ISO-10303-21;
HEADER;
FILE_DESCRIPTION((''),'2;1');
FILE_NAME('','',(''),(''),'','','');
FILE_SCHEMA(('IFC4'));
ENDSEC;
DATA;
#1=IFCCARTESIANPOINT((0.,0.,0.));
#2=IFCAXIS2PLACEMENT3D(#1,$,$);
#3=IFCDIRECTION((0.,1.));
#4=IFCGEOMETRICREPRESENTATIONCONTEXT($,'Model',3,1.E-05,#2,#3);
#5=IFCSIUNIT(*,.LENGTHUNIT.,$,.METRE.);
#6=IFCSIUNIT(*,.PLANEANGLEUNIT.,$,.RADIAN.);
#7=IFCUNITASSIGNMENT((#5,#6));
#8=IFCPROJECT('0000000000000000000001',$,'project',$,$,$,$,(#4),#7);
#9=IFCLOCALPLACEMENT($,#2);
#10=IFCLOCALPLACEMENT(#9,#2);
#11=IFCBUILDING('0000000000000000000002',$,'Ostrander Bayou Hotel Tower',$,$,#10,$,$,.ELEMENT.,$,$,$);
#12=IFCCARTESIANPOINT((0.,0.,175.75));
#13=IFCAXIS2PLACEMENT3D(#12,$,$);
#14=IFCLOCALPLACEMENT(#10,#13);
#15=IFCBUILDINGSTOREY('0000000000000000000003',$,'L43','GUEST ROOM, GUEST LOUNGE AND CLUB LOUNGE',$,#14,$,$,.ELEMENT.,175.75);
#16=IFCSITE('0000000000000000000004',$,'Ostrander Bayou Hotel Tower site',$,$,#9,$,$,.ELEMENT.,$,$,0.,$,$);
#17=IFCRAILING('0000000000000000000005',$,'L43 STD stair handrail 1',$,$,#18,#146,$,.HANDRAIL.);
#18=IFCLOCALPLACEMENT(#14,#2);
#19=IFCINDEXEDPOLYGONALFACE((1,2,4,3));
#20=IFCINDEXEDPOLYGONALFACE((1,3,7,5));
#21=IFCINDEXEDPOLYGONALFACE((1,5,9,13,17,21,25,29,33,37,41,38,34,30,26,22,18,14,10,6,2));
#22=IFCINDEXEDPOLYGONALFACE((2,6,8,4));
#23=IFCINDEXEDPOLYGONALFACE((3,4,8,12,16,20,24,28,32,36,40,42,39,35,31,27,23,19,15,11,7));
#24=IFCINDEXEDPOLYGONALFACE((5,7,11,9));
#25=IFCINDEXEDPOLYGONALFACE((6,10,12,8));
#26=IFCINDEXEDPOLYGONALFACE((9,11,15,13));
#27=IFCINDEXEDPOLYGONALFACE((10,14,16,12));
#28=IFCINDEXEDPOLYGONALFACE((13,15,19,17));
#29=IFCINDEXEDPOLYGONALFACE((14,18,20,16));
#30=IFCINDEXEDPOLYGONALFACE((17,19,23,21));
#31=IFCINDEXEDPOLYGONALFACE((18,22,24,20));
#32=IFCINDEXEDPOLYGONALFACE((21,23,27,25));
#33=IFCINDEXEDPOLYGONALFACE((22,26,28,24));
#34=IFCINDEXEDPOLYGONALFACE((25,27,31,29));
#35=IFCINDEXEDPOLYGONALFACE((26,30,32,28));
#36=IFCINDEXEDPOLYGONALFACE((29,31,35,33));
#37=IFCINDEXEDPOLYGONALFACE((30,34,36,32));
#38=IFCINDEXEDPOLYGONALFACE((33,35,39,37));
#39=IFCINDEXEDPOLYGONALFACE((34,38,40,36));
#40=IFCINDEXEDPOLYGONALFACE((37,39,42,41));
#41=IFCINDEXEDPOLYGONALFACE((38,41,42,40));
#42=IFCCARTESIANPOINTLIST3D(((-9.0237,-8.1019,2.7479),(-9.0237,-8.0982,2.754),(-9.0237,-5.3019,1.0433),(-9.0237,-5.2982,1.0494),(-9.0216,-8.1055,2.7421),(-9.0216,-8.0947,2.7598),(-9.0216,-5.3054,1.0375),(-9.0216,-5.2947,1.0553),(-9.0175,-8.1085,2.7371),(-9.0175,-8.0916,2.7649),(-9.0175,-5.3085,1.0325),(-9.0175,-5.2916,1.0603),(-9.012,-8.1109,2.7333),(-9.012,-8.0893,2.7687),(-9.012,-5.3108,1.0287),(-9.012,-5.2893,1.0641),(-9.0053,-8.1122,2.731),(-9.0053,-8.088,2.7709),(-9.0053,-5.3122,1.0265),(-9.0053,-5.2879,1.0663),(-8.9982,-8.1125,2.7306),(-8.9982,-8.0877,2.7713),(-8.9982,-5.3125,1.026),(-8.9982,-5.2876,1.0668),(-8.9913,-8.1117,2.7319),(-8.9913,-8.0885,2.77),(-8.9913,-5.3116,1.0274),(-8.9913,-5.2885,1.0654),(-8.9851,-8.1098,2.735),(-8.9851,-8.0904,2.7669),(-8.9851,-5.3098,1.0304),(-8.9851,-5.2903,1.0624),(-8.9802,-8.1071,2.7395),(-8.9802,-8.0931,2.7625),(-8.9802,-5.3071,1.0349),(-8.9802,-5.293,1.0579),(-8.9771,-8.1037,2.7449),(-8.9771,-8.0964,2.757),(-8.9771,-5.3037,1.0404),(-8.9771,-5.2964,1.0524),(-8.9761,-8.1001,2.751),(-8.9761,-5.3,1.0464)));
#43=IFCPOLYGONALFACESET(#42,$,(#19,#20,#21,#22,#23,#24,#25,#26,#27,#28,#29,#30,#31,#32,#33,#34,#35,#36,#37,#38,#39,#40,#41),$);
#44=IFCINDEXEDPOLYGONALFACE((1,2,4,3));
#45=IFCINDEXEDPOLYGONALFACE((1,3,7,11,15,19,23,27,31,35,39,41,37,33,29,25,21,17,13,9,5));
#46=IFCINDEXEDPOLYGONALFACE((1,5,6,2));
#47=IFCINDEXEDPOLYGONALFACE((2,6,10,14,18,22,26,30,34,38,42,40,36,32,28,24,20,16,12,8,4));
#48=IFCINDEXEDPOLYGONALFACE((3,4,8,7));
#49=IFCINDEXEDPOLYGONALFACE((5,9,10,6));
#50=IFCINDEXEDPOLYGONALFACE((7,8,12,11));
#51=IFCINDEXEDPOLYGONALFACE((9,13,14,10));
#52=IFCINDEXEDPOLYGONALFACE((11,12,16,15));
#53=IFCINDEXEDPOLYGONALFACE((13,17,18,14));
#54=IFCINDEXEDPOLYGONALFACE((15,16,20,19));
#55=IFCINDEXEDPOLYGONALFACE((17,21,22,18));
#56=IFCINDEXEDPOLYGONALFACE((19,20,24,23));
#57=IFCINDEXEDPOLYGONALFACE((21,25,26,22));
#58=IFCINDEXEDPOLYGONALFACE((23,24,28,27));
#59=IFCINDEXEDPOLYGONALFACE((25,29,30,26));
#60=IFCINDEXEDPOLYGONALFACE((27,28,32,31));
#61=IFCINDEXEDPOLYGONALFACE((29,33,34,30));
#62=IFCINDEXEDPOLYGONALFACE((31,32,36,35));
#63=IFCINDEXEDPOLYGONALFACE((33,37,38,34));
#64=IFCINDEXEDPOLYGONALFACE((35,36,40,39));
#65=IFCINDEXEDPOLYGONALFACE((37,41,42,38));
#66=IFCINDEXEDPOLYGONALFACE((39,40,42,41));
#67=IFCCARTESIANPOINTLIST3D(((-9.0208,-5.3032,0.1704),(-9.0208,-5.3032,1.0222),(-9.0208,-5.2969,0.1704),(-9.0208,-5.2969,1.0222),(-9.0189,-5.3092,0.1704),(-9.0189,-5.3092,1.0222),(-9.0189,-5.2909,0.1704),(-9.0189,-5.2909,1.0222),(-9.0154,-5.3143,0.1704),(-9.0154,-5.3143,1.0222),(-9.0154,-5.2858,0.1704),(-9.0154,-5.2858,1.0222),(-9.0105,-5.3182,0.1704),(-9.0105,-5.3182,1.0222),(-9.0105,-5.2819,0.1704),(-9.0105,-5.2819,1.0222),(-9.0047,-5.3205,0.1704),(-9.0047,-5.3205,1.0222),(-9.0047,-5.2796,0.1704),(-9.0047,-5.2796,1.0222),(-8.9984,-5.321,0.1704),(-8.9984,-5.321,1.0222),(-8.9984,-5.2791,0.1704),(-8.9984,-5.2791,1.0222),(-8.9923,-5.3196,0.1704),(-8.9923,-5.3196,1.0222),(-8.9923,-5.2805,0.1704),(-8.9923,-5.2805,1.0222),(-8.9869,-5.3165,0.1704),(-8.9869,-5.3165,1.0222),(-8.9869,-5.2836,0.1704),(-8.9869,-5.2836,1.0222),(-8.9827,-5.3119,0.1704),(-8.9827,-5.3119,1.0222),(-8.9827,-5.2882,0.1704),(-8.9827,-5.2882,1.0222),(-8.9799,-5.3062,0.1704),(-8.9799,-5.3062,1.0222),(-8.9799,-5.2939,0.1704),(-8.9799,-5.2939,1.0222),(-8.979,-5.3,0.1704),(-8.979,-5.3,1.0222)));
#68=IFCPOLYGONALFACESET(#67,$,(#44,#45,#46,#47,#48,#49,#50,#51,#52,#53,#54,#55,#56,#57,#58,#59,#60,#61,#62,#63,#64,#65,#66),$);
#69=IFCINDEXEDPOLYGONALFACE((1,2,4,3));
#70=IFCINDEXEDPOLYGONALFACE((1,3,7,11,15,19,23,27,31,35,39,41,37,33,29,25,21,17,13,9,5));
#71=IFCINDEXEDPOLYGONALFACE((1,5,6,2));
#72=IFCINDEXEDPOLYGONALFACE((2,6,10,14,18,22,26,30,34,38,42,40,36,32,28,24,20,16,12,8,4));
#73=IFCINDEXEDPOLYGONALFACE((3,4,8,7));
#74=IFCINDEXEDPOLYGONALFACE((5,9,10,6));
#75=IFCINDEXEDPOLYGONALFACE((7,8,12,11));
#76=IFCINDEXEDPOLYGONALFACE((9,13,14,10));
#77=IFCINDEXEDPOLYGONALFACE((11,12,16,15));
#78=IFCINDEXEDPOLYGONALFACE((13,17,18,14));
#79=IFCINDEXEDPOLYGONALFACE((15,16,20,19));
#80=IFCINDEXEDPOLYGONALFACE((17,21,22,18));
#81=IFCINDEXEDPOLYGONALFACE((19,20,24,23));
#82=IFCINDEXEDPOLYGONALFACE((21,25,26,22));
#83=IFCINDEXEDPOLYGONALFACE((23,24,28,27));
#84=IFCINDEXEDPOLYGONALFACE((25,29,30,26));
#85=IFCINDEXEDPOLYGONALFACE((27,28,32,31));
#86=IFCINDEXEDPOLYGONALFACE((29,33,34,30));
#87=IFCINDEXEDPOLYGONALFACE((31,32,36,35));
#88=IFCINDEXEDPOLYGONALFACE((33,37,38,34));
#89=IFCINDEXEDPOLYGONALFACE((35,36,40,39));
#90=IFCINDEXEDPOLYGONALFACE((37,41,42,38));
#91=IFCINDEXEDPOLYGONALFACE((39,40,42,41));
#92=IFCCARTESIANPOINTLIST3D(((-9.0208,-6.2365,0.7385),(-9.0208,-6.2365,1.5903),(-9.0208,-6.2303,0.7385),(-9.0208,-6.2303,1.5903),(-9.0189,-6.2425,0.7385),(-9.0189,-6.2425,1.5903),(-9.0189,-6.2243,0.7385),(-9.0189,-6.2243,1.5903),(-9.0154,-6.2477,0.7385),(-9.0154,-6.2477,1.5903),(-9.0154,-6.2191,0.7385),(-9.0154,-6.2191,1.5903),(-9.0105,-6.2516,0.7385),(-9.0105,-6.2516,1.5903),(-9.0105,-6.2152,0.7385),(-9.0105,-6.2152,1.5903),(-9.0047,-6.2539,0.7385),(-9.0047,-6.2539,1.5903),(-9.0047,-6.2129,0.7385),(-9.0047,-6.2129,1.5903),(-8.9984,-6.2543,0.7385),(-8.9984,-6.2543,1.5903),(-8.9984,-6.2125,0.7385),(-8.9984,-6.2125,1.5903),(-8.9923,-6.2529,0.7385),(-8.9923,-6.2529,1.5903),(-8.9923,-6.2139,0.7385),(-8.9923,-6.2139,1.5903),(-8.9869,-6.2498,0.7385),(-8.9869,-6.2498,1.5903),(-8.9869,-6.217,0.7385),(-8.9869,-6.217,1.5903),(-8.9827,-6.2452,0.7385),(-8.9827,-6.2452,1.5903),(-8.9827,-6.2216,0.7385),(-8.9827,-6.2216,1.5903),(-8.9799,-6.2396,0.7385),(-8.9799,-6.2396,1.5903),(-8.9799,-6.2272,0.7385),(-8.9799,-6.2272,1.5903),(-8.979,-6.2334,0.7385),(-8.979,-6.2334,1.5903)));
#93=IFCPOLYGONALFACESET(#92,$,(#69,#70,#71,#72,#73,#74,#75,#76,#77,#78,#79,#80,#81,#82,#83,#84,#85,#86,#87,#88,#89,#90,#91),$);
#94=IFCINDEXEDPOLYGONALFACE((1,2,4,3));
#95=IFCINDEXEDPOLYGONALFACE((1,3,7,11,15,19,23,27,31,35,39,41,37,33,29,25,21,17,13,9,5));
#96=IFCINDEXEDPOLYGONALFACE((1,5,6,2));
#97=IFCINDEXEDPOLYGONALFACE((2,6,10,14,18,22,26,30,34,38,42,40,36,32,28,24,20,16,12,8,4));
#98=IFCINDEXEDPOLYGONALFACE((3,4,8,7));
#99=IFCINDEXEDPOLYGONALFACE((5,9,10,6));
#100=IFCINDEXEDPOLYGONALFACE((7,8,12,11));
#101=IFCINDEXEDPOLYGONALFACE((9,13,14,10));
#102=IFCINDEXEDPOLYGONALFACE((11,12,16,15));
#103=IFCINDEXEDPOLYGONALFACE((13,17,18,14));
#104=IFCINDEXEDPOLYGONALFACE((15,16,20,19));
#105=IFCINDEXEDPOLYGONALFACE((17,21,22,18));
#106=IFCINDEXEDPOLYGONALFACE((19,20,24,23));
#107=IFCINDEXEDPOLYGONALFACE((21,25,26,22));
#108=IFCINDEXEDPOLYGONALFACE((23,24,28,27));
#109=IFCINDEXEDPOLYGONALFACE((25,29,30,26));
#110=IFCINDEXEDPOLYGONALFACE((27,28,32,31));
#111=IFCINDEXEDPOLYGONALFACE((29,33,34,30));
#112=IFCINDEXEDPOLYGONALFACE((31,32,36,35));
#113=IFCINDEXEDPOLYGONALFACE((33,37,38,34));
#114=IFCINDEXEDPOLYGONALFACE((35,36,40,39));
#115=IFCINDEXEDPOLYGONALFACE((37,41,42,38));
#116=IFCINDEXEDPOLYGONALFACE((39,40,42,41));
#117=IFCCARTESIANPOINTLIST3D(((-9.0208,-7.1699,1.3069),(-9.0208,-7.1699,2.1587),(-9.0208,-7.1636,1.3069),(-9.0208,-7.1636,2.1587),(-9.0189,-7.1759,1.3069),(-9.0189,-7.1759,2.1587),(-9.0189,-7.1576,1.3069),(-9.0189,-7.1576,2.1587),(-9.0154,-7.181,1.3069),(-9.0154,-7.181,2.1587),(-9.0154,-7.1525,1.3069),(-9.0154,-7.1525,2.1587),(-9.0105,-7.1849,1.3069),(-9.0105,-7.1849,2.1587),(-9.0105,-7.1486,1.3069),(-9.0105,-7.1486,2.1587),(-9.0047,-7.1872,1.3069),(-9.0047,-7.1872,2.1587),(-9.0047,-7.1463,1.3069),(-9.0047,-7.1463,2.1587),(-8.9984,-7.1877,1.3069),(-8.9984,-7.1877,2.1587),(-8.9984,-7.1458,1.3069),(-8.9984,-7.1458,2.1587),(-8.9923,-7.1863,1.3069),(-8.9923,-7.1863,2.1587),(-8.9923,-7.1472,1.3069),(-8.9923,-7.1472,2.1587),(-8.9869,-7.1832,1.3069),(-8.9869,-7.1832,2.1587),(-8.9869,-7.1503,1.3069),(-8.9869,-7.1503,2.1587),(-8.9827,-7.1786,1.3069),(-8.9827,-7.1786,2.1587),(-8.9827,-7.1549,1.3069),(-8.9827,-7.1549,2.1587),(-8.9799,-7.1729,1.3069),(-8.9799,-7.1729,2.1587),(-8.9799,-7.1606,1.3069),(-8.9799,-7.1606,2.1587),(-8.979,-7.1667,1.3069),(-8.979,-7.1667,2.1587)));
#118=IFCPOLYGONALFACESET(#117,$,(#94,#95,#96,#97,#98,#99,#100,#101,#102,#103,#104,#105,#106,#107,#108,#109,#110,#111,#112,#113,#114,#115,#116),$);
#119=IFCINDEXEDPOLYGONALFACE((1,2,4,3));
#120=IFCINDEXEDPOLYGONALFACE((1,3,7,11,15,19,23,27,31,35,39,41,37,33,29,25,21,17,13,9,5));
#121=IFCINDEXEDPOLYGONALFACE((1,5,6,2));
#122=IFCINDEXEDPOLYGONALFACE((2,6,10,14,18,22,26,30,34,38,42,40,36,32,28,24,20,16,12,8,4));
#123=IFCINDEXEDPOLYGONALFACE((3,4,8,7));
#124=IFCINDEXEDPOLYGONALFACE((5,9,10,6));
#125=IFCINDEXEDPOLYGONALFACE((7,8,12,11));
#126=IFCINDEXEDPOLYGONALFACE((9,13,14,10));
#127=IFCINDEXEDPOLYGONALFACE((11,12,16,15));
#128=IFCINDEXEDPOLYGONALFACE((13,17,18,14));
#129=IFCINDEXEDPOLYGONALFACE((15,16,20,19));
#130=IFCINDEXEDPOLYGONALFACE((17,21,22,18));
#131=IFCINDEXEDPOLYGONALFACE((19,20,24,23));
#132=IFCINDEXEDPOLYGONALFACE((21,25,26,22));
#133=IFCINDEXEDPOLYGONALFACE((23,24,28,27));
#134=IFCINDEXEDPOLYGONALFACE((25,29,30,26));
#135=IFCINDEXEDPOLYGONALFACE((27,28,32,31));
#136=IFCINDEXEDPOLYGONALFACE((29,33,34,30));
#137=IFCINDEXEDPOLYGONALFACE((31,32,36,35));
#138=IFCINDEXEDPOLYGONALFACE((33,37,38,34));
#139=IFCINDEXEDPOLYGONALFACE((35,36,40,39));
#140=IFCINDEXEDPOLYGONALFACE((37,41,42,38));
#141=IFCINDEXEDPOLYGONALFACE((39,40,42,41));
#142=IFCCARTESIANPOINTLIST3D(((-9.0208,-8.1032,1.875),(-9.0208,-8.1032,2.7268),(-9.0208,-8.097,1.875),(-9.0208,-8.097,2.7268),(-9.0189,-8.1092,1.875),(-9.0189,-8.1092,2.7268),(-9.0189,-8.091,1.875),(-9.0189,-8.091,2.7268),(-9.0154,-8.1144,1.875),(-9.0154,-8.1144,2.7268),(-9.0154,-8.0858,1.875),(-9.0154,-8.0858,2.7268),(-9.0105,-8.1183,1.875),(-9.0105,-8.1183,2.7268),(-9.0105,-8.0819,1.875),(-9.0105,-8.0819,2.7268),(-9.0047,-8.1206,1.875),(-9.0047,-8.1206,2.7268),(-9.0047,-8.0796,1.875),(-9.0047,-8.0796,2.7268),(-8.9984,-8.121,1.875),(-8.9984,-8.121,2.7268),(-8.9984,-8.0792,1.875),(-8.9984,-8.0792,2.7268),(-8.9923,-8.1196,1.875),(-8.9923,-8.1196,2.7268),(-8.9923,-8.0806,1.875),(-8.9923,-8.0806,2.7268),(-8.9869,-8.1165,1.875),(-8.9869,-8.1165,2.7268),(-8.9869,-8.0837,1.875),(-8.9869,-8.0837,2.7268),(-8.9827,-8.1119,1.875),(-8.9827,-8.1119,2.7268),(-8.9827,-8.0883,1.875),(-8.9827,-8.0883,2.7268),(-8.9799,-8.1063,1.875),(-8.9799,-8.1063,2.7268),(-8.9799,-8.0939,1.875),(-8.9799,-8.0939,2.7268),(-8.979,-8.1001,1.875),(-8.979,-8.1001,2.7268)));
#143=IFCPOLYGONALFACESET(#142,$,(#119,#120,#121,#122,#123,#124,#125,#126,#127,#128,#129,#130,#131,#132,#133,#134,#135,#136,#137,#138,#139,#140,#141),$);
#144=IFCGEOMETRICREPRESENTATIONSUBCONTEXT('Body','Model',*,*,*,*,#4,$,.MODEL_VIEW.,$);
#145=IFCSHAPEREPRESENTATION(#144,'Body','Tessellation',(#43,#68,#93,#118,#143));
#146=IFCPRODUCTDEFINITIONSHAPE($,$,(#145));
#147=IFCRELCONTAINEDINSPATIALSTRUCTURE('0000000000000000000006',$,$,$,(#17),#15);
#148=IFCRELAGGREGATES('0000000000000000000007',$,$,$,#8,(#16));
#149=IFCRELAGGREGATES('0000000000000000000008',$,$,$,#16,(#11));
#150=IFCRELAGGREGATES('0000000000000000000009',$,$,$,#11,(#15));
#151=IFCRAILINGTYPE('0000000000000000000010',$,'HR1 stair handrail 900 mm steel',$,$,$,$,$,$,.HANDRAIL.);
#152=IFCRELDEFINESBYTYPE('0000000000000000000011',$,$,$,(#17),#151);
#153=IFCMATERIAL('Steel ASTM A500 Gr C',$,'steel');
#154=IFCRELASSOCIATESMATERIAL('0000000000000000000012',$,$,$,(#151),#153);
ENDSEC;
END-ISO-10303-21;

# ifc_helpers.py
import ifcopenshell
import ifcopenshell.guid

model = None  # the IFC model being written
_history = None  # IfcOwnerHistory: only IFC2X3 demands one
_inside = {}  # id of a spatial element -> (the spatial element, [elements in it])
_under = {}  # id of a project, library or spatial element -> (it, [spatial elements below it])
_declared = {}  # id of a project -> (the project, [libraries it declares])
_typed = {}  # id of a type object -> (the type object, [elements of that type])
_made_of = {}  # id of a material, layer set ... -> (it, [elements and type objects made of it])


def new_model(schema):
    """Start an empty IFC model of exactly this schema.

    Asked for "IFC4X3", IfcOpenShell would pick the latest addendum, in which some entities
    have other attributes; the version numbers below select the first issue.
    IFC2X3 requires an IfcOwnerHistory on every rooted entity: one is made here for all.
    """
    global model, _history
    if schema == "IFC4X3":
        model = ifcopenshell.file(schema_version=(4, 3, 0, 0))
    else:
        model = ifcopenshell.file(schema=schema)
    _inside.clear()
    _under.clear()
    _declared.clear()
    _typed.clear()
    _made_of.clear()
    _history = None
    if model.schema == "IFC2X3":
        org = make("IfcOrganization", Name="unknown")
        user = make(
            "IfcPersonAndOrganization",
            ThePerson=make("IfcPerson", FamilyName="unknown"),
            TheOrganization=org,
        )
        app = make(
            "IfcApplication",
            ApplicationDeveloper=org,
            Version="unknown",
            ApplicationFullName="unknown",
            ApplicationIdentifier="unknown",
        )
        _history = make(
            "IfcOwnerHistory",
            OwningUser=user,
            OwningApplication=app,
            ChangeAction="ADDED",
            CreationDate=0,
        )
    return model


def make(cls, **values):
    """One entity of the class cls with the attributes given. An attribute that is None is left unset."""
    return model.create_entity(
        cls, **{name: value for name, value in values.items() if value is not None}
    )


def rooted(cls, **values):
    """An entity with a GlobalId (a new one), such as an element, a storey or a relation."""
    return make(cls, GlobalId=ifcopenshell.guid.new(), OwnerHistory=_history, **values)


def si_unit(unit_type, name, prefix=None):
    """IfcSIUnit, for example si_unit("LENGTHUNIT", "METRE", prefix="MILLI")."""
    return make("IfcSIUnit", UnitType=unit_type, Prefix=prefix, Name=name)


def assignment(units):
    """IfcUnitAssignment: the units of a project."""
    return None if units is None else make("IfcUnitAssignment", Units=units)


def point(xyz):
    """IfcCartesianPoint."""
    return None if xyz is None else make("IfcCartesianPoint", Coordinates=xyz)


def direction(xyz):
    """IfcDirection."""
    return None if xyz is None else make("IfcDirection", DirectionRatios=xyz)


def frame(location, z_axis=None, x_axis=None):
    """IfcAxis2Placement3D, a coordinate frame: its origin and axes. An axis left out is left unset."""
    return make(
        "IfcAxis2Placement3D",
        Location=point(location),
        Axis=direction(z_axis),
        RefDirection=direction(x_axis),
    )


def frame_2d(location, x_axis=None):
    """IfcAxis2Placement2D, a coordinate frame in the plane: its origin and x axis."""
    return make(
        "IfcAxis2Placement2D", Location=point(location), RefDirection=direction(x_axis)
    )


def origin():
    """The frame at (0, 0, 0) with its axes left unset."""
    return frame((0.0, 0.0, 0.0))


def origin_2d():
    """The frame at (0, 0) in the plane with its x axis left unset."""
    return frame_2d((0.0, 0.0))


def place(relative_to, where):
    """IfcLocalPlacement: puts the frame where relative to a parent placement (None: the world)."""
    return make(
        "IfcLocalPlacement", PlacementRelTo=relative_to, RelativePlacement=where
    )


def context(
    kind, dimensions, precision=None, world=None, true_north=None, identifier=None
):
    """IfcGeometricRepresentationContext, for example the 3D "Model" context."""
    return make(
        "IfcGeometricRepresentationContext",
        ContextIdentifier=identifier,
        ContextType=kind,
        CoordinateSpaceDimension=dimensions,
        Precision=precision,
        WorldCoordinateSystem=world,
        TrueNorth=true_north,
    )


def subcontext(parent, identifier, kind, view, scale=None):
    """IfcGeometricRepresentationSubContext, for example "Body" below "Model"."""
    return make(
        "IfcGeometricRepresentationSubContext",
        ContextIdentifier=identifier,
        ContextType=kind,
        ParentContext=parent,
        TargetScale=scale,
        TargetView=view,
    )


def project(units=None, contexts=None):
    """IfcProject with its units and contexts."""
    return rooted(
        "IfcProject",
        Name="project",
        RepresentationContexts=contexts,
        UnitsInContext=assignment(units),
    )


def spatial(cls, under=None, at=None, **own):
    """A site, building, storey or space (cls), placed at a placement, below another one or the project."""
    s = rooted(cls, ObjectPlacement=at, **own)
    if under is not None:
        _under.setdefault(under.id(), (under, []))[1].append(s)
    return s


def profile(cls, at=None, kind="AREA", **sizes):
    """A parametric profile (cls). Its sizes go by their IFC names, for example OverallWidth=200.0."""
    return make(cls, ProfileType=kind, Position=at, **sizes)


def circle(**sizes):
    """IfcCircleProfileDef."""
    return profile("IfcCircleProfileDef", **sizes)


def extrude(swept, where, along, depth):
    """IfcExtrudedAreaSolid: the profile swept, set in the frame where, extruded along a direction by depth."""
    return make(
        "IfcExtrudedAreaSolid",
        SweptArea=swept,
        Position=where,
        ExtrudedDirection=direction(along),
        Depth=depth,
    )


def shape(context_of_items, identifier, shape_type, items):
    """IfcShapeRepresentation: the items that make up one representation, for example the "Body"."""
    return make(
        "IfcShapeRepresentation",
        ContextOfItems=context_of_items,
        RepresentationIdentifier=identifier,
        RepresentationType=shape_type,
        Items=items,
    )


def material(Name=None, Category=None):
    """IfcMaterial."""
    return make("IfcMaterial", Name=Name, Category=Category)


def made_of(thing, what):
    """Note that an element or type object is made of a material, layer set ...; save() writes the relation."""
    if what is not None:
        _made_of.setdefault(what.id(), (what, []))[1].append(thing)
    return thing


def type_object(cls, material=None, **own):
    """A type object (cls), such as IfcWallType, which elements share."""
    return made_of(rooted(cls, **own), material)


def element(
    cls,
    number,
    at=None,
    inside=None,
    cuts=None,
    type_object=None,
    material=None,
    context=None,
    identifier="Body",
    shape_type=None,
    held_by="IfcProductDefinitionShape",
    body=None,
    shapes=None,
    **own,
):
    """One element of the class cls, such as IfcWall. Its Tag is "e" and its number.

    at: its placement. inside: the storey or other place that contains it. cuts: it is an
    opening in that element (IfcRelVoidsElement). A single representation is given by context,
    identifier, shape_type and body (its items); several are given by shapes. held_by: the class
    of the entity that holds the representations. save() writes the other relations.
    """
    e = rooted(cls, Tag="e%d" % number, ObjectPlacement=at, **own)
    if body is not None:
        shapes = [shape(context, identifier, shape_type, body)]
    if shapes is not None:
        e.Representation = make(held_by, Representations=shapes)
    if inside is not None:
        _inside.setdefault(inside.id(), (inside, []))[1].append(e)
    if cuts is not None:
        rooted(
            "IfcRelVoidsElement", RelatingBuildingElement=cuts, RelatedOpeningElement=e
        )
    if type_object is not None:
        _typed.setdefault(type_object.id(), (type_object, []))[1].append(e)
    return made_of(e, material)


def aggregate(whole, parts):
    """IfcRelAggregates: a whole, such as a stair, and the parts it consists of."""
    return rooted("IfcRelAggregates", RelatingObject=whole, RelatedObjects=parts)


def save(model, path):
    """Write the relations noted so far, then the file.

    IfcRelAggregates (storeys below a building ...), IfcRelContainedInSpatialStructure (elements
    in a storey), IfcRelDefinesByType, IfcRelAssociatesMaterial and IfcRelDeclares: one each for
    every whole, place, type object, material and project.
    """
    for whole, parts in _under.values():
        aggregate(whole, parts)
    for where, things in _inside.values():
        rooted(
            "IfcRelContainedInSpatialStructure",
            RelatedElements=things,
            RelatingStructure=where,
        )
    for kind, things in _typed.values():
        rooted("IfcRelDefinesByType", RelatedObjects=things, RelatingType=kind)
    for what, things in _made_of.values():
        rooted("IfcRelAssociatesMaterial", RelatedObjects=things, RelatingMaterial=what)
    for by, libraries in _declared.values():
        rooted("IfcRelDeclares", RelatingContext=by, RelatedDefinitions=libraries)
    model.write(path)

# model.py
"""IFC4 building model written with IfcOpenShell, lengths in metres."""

from ifc_helpers import new_model, si_unit, direction, frame, origin, origin_2d, place, context, subcontext, project, spatial, circle, extrude, material, type_object, element, save


model = new_model("IFC4")

# Units and contexts
model_context = context("Model", 3, precision=1e-05, world=origin(), true_north=direction((0.0, 1.0)))
body_context = subcontext(model_context, "Body", "Model", "MODEL_VIEW")
ifc_project = project(units=[si_unit("LENGTHUNIT", "METRE"), si_unit("PLANEANGLEUNIT", "RADIAN")], contexts=[model_context])

# Site, building, storey
site_placement = place(None, origin())
site = spatial("IfcSite", under=ifc_project, at=site_placement, Name="Ostrander Bayou Hotel Tower site", CompositionType="ELEMENT", RefElevation=0.0)
building_placement = place(site_placement, origin())
building = spatial("IfcBuilding", under=site, at=building_placement, Name="Ostrander Bayou Hotel Tower", CompositionType="ELEMENT")
storey_placement = place(building_placement, frame((0.0, 0.0, 175.75)))
storey = spatial("IfcBuildingStorey", under=building, at=storey_placement, Name="L43", Description="GUEST ROOM, GUEST LOUNGE AND CLUB LOUNGE", CompositionType="ELEMENT", Elevation=175.75)

# Railing
ifc_material_1 = material(Name="Steel ASTM A500 Gr C", Category="steel")
railing_type_1 = type_object("IfcRailingType", Name="HR1 stair handrail 900 mm steel", PredefinedType="HANDRAIL", material=ifc_material_1)
railing_1_placement = place(storey_placement, frame((-9.0, -5.3, 0.1704)))
element("IfcRailing", 1, at=railing_1_placement, inside=storey, type_object=railing_type_1, Name="L43 STD stair handrail 1", PredefinedType="HANDRAIL", context=body_context, shape_type="SweptSolid", body=[
    extrude(circle(Radius=0.0239, at=origin_2d()), frame((0.0, 0.0, 0.876), z_axis=(0.0, -0.85417, 0.519994), x_axis=(1.0, 0.0, 0.0)), (0.0, 0.0, 1.0), 3.2781),
    extrude(circle(Radius=0.021, at=origin_2d()), origin(), (0.0, 0.0, 1.0), 0.8518),
    extrude(circle(Radius=0.021, at=origin_2d()), frame((0.0, -0.9333, 0.5681)), (0.0, 0.0, 1.0), 0.8518),
    extrude(circle(Radius=0.021, at=origin_2d()), frame((0.0, -1.8667, 1.1365)), (0.0, 0.0, 1.0), 0.8518),
    extrude(circle(Radius=0.021, at=origin_2d()), frame((0.0, -2.8, 1.7046)), (0.0, 0.0, 1.0), 0.8518),
])

save(model, "model.ifc")
